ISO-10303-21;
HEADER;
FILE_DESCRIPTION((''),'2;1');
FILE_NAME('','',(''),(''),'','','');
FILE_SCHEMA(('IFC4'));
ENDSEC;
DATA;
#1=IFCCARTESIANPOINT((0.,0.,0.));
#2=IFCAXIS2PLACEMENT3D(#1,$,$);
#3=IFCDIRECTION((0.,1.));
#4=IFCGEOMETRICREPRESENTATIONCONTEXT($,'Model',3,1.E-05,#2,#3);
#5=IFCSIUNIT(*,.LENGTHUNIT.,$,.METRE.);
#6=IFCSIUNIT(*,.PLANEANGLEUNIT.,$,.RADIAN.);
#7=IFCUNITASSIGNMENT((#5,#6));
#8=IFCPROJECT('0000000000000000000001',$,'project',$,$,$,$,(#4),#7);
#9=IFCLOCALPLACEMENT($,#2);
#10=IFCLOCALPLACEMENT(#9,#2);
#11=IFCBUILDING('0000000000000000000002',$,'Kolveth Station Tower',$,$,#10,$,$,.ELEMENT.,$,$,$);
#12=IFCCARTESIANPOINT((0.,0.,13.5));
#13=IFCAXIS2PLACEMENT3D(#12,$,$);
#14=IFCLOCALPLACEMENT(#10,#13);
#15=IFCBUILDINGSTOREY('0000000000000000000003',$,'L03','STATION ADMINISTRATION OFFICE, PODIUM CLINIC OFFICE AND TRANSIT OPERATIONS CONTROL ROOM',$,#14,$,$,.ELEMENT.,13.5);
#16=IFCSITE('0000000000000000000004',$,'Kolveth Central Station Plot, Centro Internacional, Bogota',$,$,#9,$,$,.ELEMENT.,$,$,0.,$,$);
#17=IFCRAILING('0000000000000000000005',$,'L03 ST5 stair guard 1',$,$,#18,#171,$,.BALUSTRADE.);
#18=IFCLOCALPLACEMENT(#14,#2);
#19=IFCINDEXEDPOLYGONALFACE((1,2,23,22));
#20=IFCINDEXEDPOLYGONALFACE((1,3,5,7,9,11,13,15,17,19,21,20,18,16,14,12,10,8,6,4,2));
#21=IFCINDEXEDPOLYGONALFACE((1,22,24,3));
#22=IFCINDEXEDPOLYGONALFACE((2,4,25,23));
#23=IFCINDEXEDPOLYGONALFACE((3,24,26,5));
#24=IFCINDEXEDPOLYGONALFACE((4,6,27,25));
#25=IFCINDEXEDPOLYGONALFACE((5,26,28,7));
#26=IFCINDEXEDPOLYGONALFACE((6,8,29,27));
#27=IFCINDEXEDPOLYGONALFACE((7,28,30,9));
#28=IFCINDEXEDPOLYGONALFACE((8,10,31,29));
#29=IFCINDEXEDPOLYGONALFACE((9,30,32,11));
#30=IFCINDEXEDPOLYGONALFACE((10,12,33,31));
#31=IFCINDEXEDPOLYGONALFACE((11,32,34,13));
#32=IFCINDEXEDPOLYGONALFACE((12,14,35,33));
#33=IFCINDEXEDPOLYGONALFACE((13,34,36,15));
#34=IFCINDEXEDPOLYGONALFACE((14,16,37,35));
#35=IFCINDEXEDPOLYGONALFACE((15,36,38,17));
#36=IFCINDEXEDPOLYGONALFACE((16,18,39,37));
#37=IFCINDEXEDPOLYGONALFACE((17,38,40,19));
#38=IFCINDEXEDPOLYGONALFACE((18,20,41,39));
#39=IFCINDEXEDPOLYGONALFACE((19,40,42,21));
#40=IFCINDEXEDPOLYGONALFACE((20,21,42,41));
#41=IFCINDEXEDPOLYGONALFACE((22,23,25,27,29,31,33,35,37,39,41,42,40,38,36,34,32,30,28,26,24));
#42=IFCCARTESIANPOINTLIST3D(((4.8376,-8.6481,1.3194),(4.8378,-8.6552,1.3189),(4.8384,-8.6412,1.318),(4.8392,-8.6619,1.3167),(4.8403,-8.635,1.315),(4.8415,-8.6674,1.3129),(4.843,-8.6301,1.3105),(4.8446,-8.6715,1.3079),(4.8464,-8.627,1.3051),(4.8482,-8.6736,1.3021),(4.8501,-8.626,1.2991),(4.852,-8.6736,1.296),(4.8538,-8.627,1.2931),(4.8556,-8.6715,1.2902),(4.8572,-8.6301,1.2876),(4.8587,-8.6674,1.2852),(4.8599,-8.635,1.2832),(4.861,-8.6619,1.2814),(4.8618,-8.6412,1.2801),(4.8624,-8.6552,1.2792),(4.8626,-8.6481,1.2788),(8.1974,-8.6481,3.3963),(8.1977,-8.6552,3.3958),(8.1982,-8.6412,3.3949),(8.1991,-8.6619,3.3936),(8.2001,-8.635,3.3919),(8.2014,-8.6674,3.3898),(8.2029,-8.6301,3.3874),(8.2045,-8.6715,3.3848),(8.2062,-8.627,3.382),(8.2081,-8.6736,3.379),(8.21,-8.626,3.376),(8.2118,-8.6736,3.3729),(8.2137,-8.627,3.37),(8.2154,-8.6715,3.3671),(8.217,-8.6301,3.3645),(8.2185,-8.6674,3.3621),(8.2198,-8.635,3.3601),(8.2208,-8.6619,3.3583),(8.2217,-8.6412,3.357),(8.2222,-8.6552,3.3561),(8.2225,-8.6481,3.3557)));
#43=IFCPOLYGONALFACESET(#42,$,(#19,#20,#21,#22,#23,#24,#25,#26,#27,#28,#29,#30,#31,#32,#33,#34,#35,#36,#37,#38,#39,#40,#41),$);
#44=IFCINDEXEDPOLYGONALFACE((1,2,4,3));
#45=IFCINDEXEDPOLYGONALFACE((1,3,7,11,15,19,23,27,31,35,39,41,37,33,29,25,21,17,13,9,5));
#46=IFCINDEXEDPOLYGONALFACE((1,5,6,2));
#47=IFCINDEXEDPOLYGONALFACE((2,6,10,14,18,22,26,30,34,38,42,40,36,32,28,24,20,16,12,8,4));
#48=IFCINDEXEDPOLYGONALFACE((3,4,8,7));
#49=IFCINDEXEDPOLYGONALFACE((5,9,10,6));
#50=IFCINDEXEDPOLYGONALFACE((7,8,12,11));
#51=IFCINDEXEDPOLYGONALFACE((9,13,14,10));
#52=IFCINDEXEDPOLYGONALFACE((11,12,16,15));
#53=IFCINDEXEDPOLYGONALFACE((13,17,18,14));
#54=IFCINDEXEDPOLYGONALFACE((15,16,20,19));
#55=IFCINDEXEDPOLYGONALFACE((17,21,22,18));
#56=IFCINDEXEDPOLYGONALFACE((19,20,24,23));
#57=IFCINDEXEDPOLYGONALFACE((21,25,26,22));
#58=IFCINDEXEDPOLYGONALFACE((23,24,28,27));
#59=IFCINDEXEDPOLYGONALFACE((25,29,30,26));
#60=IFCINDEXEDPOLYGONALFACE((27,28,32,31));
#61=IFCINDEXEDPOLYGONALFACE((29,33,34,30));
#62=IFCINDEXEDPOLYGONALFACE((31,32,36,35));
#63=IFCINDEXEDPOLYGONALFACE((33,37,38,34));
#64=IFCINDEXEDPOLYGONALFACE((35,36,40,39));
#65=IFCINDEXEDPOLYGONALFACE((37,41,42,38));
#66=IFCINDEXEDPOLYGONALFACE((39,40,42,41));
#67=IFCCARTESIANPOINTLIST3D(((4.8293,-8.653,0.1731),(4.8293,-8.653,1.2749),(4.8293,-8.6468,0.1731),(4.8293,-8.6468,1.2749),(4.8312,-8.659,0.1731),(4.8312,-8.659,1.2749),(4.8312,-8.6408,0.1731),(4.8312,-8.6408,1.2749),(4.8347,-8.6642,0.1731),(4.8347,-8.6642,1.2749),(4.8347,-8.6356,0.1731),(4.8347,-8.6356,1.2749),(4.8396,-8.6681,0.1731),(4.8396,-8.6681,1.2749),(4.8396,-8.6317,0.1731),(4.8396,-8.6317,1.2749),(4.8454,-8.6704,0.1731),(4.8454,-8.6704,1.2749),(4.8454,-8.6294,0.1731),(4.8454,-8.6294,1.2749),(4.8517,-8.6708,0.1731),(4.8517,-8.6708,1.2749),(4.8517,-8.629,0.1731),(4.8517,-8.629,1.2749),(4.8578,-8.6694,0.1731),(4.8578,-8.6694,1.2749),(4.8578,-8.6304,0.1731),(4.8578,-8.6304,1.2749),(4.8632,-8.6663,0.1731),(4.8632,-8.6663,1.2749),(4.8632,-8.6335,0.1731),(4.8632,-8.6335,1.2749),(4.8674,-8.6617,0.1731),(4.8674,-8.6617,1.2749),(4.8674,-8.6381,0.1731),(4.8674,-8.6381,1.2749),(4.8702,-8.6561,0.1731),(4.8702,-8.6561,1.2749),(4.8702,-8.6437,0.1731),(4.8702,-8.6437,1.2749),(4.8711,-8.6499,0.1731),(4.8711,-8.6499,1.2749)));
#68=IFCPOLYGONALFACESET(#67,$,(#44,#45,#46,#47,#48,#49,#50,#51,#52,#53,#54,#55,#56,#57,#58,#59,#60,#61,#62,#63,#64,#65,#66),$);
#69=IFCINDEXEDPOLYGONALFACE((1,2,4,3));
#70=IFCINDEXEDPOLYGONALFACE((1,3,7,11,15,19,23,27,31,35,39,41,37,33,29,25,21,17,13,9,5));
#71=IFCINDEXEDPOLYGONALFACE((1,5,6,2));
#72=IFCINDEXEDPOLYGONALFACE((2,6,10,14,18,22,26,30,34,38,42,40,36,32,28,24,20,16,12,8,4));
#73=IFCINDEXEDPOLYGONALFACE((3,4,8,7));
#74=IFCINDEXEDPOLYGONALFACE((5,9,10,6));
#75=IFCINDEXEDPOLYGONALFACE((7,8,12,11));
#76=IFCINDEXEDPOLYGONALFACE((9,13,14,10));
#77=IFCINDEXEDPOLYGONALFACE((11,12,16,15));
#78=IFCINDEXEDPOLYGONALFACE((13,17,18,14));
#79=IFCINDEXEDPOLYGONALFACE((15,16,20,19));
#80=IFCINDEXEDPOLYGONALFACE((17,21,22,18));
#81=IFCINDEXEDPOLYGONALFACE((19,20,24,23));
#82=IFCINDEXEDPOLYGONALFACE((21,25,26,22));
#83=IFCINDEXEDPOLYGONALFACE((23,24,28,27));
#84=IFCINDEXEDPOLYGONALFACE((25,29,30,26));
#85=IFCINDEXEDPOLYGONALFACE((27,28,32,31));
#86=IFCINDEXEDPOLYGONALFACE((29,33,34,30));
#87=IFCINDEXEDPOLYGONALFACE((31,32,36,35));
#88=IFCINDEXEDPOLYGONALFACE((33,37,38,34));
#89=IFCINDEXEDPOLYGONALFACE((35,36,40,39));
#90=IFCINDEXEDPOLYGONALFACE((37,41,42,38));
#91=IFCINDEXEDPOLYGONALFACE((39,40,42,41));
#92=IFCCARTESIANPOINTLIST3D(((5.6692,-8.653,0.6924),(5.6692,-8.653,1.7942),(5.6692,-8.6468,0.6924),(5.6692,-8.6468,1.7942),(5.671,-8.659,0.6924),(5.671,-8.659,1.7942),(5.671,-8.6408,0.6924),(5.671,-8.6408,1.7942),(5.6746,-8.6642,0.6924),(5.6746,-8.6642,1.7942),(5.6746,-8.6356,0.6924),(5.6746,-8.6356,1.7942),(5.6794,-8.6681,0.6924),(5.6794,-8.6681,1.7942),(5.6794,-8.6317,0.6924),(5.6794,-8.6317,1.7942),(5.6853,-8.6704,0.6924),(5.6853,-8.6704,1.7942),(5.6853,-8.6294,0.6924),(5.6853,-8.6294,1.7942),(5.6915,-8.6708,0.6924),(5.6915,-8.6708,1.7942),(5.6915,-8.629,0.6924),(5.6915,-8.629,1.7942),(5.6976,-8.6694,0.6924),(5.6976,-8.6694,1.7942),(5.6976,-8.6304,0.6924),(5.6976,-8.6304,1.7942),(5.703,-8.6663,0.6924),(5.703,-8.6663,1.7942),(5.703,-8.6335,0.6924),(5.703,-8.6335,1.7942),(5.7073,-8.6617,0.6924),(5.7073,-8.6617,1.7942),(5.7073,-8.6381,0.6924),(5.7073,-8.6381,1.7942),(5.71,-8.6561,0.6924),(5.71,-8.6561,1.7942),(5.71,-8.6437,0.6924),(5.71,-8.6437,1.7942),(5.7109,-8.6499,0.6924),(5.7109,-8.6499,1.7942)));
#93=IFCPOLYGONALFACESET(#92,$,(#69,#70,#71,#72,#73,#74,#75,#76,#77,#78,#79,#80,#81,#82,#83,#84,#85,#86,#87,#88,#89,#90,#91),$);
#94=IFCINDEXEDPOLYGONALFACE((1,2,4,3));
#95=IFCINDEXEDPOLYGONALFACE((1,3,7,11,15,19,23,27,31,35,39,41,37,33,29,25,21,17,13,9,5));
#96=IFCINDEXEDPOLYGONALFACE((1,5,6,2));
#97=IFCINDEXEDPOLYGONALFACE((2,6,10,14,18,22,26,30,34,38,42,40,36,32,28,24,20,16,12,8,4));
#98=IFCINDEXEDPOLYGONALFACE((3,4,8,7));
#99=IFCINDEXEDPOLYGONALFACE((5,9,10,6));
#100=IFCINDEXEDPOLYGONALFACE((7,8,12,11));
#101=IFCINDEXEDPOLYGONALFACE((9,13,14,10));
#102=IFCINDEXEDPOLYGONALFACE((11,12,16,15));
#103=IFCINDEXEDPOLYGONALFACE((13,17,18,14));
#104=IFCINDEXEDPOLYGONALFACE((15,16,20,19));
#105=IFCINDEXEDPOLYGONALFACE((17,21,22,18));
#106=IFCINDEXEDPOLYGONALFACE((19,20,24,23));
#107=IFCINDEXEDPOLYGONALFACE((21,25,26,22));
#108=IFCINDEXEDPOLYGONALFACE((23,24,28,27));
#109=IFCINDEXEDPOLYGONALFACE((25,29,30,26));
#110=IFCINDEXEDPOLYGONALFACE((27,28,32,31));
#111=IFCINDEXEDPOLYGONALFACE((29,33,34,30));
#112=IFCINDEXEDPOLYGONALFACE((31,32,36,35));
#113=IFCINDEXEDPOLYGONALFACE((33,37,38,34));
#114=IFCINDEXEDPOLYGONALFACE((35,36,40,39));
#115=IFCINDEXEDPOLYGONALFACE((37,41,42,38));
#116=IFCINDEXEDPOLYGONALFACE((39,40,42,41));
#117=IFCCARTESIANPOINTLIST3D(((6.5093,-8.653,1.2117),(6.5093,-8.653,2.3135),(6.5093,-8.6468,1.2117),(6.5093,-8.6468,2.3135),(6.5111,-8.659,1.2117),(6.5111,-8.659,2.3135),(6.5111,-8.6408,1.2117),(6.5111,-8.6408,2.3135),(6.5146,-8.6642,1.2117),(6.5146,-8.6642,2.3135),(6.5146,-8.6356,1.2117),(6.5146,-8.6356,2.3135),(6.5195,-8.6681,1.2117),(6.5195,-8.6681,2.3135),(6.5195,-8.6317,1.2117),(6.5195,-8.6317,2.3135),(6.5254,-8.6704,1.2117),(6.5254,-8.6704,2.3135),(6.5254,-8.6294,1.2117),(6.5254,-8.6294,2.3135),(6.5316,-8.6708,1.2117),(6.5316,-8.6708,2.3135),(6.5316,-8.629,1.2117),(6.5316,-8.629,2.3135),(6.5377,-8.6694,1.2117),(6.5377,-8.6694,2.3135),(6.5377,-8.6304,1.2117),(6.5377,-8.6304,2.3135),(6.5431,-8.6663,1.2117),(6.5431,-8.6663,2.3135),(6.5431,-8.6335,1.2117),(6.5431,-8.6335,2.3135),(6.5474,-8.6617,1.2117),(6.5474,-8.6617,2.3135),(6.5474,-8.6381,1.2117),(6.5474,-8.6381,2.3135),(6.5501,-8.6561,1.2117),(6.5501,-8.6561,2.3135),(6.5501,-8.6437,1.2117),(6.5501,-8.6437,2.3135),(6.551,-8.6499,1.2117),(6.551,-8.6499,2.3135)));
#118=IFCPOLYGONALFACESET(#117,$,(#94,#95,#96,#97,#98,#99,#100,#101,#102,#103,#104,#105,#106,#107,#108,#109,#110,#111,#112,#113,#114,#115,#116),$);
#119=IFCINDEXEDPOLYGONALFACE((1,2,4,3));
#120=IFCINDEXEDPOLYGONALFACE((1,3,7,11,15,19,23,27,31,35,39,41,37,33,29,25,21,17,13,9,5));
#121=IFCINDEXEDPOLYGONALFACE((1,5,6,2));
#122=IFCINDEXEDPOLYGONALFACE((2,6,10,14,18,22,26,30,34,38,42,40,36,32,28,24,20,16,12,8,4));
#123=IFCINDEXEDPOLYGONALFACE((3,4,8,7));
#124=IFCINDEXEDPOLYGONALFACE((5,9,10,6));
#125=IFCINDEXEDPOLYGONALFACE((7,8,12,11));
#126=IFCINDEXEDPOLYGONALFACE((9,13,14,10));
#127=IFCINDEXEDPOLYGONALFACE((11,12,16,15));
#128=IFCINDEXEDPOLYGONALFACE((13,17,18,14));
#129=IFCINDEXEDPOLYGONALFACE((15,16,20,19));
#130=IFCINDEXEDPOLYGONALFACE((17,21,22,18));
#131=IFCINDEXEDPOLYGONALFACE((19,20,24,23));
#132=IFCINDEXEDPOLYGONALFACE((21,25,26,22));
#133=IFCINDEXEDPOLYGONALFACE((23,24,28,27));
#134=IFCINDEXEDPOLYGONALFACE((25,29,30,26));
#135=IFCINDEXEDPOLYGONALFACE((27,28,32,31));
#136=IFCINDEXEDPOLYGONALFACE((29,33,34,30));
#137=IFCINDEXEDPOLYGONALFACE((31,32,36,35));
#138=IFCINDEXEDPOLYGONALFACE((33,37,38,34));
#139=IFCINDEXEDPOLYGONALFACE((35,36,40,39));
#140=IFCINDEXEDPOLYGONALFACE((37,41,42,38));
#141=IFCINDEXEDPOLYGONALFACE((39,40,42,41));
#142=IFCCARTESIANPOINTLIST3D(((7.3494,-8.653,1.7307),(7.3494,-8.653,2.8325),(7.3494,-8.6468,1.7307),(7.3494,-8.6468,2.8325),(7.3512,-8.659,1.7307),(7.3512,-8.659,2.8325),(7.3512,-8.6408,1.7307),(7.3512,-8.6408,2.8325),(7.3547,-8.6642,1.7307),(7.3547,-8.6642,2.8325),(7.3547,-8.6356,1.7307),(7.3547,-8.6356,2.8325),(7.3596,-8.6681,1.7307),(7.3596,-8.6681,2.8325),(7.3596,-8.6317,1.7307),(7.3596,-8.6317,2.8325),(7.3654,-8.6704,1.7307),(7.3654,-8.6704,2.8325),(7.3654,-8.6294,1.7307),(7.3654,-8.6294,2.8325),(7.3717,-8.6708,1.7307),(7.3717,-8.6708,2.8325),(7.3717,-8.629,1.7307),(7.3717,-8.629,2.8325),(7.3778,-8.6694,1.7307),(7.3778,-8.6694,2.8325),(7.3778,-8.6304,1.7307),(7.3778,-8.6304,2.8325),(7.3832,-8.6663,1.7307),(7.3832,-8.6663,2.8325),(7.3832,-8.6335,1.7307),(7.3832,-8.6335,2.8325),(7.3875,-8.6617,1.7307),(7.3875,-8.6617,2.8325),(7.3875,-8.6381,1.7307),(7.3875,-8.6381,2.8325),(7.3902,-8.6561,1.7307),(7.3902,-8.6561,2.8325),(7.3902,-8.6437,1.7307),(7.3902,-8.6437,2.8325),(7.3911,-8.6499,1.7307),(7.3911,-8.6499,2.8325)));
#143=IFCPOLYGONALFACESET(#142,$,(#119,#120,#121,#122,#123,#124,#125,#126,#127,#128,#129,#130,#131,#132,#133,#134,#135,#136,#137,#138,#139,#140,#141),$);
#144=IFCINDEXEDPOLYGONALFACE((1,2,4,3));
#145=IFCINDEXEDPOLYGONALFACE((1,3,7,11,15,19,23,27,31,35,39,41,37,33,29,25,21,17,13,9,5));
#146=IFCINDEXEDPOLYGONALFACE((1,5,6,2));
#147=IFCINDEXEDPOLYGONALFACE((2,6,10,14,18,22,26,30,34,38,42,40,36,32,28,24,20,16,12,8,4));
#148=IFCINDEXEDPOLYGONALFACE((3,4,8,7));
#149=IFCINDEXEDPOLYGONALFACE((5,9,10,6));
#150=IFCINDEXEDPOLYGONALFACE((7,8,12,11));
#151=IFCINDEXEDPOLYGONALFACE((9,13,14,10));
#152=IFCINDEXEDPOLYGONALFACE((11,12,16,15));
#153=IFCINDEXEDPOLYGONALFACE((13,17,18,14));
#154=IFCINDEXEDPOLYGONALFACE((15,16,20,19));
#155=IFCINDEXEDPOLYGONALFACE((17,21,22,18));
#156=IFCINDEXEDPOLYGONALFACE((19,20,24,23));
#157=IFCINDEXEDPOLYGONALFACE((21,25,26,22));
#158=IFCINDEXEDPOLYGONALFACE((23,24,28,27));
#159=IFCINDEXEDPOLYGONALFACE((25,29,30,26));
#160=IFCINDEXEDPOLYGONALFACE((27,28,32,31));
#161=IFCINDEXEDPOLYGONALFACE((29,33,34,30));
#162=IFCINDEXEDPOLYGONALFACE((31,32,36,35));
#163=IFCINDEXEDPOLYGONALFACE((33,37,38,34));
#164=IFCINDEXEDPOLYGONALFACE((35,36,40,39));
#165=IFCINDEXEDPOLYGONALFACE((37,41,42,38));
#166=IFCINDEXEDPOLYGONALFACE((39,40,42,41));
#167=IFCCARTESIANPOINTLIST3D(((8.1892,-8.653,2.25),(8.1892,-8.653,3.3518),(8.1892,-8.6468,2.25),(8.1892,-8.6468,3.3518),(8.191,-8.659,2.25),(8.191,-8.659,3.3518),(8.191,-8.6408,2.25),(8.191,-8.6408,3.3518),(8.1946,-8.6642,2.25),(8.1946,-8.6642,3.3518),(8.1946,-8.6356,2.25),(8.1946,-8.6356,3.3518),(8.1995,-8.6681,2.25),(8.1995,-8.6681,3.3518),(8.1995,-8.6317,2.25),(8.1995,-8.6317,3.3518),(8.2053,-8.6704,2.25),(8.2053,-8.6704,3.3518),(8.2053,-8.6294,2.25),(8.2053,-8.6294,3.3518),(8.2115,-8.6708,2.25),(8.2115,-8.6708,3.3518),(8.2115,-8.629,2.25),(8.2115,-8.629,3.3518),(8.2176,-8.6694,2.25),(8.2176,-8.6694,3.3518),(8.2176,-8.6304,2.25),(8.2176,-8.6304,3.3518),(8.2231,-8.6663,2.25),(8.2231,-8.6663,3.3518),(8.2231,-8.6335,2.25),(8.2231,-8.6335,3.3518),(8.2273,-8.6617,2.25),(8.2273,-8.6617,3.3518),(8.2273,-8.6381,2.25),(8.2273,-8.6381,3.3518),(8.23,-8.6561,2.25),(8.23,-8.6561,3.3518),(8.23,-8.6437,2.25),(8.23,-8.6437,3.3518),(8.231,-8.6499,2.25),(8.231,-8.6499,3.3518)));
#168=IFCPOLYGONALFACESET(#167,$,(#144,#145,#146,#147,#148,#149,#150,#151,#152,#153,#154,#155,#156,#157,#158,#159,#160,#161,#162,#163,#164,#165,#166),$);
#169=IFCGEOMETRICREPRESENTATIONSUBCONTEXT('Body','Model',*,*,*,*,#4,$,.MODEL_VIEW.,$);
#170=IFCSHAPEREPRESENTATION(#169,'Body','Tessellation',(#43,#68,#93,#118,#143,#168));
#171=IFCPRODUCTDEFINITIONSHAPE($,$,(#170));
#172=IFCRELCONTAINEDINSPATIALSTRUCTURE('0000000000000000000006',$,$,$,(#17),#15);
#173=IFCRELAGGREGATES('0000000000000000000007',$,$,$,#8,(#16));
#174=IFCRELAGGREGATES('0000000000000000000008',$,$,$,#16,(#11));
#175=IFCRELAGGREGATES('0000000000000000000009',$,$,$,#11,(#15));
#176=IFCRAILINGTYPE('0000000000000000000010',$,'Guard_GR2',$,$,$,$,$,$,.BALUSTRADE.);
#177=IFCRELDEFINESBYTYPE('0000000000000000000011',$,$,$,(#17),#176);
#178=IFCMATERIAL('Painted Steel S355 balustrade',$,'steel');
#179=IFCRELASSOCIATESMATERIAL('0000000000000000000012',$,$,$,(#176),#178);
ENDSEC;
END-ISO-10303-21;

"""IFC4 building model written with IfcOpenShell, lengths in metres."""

from ifc_helpers import new_model, si_unit, direction, frame, origin, origin_2d, place, context, subcontext, project, spatial, circle, extrude, material, type_object, element, save


model = new_model("IFC4")

# Units and contexts
model_context = context("Model", 3, precision=1e-05, world=origin(), true_north=direction((0.0, 1.0)))
body_context = subcontext(model_context, "Body", "Model", "MODEL_VIEW")
ifc_project = project(units=[si_unit("LENGTHUNIT", "METRE"), si_unit("PLANEANGLEUNIT", "RADIAN")], contexts=[model_context])

# Site, building, storey
site_placement = place(None, origin())
site = spatial("IfcSite", under=ifc_project, at=site_placement, Name="Kolveth Central Station Plot, Centro Internacional, Bogota", CompositionType="ELEMENT", RefElevation=0.0)
building_placement = place(site_placement, origin())
building = spatial("IfcBuilding", under=site, at=building_placement, Name="Kolveth Station Tower", CompositionType="ELEMENT")
storey_placement = place(building_placement, frame((0.0, 0.0, 13.5)))
storey = spatial("IfcBuildingStorey", under=building, at=storey_placement, Name="L03", Description="STATION ADMINISTRATION OFFICE, PODIUM CLINIC OFFICE AND TRANSIT OPERATIONS CONTROL ROOM", CompositionType="ELEMENT", Elevation=13.5)

# Railing
ifc_material_1 = material(Name="Painted Steel S355 balustrade", Category="steel")
railing_type_1 = type_object("IfcRailingType", Name="Guard_GR2", PredefinedType="BALUSTRADE", material=ifc_material_1)
railing_1_placement = place(storey_placement, frame((4.8501, -8.6499, 0.1731)))
element("IfcRailing", 1, at=railing_1_placement, inside=storey, type_object=railing_type_1, Name="L03 ST5 stair guard 1", PredefinedType="BALUSTRADE", context=body_context, shape_type="SweptSolid", body=[
    extrude(circle(Radius=0.0239, at=origin_2d()), frame((0.0, 0.0, 1.126), z_axis=(0.850606, 0.0, 0.525803), x_axis=(0.0, 1.0, 0.0)), (0.0, 0.0, 1.0), 3.95),
    extrude(circle(Radius=0.021, at=origin_2d()), origin(), (0.0, 0.0, 1.0), 1.1018),
    extrude(circle(Radius=0.021, at=origin_2d()), frame((0.8398, 0.0, 0.5193)), (0.0, 0.0, 1.0), 1.1018),
    extrude(circle(Radius=0.021, at=origin_2d()), frame((1.6799, 0.0, 1.0386)), (0.0, 0.0, 1.0), 1.1018),
    extrude(circle(Radius=0.021, at=origin_2d()), frame((2.52, 0.0, 1.5576)), (0.0, 0.0, 1.0), 1.1018),
    extrude(circle(Radius=0.021, at=origin_2d()), frame((3.3599, 0.0, 2.0769)), (0.0, 0.0, 1.0), 1.1018),
])

save(model, "model.ifc")
